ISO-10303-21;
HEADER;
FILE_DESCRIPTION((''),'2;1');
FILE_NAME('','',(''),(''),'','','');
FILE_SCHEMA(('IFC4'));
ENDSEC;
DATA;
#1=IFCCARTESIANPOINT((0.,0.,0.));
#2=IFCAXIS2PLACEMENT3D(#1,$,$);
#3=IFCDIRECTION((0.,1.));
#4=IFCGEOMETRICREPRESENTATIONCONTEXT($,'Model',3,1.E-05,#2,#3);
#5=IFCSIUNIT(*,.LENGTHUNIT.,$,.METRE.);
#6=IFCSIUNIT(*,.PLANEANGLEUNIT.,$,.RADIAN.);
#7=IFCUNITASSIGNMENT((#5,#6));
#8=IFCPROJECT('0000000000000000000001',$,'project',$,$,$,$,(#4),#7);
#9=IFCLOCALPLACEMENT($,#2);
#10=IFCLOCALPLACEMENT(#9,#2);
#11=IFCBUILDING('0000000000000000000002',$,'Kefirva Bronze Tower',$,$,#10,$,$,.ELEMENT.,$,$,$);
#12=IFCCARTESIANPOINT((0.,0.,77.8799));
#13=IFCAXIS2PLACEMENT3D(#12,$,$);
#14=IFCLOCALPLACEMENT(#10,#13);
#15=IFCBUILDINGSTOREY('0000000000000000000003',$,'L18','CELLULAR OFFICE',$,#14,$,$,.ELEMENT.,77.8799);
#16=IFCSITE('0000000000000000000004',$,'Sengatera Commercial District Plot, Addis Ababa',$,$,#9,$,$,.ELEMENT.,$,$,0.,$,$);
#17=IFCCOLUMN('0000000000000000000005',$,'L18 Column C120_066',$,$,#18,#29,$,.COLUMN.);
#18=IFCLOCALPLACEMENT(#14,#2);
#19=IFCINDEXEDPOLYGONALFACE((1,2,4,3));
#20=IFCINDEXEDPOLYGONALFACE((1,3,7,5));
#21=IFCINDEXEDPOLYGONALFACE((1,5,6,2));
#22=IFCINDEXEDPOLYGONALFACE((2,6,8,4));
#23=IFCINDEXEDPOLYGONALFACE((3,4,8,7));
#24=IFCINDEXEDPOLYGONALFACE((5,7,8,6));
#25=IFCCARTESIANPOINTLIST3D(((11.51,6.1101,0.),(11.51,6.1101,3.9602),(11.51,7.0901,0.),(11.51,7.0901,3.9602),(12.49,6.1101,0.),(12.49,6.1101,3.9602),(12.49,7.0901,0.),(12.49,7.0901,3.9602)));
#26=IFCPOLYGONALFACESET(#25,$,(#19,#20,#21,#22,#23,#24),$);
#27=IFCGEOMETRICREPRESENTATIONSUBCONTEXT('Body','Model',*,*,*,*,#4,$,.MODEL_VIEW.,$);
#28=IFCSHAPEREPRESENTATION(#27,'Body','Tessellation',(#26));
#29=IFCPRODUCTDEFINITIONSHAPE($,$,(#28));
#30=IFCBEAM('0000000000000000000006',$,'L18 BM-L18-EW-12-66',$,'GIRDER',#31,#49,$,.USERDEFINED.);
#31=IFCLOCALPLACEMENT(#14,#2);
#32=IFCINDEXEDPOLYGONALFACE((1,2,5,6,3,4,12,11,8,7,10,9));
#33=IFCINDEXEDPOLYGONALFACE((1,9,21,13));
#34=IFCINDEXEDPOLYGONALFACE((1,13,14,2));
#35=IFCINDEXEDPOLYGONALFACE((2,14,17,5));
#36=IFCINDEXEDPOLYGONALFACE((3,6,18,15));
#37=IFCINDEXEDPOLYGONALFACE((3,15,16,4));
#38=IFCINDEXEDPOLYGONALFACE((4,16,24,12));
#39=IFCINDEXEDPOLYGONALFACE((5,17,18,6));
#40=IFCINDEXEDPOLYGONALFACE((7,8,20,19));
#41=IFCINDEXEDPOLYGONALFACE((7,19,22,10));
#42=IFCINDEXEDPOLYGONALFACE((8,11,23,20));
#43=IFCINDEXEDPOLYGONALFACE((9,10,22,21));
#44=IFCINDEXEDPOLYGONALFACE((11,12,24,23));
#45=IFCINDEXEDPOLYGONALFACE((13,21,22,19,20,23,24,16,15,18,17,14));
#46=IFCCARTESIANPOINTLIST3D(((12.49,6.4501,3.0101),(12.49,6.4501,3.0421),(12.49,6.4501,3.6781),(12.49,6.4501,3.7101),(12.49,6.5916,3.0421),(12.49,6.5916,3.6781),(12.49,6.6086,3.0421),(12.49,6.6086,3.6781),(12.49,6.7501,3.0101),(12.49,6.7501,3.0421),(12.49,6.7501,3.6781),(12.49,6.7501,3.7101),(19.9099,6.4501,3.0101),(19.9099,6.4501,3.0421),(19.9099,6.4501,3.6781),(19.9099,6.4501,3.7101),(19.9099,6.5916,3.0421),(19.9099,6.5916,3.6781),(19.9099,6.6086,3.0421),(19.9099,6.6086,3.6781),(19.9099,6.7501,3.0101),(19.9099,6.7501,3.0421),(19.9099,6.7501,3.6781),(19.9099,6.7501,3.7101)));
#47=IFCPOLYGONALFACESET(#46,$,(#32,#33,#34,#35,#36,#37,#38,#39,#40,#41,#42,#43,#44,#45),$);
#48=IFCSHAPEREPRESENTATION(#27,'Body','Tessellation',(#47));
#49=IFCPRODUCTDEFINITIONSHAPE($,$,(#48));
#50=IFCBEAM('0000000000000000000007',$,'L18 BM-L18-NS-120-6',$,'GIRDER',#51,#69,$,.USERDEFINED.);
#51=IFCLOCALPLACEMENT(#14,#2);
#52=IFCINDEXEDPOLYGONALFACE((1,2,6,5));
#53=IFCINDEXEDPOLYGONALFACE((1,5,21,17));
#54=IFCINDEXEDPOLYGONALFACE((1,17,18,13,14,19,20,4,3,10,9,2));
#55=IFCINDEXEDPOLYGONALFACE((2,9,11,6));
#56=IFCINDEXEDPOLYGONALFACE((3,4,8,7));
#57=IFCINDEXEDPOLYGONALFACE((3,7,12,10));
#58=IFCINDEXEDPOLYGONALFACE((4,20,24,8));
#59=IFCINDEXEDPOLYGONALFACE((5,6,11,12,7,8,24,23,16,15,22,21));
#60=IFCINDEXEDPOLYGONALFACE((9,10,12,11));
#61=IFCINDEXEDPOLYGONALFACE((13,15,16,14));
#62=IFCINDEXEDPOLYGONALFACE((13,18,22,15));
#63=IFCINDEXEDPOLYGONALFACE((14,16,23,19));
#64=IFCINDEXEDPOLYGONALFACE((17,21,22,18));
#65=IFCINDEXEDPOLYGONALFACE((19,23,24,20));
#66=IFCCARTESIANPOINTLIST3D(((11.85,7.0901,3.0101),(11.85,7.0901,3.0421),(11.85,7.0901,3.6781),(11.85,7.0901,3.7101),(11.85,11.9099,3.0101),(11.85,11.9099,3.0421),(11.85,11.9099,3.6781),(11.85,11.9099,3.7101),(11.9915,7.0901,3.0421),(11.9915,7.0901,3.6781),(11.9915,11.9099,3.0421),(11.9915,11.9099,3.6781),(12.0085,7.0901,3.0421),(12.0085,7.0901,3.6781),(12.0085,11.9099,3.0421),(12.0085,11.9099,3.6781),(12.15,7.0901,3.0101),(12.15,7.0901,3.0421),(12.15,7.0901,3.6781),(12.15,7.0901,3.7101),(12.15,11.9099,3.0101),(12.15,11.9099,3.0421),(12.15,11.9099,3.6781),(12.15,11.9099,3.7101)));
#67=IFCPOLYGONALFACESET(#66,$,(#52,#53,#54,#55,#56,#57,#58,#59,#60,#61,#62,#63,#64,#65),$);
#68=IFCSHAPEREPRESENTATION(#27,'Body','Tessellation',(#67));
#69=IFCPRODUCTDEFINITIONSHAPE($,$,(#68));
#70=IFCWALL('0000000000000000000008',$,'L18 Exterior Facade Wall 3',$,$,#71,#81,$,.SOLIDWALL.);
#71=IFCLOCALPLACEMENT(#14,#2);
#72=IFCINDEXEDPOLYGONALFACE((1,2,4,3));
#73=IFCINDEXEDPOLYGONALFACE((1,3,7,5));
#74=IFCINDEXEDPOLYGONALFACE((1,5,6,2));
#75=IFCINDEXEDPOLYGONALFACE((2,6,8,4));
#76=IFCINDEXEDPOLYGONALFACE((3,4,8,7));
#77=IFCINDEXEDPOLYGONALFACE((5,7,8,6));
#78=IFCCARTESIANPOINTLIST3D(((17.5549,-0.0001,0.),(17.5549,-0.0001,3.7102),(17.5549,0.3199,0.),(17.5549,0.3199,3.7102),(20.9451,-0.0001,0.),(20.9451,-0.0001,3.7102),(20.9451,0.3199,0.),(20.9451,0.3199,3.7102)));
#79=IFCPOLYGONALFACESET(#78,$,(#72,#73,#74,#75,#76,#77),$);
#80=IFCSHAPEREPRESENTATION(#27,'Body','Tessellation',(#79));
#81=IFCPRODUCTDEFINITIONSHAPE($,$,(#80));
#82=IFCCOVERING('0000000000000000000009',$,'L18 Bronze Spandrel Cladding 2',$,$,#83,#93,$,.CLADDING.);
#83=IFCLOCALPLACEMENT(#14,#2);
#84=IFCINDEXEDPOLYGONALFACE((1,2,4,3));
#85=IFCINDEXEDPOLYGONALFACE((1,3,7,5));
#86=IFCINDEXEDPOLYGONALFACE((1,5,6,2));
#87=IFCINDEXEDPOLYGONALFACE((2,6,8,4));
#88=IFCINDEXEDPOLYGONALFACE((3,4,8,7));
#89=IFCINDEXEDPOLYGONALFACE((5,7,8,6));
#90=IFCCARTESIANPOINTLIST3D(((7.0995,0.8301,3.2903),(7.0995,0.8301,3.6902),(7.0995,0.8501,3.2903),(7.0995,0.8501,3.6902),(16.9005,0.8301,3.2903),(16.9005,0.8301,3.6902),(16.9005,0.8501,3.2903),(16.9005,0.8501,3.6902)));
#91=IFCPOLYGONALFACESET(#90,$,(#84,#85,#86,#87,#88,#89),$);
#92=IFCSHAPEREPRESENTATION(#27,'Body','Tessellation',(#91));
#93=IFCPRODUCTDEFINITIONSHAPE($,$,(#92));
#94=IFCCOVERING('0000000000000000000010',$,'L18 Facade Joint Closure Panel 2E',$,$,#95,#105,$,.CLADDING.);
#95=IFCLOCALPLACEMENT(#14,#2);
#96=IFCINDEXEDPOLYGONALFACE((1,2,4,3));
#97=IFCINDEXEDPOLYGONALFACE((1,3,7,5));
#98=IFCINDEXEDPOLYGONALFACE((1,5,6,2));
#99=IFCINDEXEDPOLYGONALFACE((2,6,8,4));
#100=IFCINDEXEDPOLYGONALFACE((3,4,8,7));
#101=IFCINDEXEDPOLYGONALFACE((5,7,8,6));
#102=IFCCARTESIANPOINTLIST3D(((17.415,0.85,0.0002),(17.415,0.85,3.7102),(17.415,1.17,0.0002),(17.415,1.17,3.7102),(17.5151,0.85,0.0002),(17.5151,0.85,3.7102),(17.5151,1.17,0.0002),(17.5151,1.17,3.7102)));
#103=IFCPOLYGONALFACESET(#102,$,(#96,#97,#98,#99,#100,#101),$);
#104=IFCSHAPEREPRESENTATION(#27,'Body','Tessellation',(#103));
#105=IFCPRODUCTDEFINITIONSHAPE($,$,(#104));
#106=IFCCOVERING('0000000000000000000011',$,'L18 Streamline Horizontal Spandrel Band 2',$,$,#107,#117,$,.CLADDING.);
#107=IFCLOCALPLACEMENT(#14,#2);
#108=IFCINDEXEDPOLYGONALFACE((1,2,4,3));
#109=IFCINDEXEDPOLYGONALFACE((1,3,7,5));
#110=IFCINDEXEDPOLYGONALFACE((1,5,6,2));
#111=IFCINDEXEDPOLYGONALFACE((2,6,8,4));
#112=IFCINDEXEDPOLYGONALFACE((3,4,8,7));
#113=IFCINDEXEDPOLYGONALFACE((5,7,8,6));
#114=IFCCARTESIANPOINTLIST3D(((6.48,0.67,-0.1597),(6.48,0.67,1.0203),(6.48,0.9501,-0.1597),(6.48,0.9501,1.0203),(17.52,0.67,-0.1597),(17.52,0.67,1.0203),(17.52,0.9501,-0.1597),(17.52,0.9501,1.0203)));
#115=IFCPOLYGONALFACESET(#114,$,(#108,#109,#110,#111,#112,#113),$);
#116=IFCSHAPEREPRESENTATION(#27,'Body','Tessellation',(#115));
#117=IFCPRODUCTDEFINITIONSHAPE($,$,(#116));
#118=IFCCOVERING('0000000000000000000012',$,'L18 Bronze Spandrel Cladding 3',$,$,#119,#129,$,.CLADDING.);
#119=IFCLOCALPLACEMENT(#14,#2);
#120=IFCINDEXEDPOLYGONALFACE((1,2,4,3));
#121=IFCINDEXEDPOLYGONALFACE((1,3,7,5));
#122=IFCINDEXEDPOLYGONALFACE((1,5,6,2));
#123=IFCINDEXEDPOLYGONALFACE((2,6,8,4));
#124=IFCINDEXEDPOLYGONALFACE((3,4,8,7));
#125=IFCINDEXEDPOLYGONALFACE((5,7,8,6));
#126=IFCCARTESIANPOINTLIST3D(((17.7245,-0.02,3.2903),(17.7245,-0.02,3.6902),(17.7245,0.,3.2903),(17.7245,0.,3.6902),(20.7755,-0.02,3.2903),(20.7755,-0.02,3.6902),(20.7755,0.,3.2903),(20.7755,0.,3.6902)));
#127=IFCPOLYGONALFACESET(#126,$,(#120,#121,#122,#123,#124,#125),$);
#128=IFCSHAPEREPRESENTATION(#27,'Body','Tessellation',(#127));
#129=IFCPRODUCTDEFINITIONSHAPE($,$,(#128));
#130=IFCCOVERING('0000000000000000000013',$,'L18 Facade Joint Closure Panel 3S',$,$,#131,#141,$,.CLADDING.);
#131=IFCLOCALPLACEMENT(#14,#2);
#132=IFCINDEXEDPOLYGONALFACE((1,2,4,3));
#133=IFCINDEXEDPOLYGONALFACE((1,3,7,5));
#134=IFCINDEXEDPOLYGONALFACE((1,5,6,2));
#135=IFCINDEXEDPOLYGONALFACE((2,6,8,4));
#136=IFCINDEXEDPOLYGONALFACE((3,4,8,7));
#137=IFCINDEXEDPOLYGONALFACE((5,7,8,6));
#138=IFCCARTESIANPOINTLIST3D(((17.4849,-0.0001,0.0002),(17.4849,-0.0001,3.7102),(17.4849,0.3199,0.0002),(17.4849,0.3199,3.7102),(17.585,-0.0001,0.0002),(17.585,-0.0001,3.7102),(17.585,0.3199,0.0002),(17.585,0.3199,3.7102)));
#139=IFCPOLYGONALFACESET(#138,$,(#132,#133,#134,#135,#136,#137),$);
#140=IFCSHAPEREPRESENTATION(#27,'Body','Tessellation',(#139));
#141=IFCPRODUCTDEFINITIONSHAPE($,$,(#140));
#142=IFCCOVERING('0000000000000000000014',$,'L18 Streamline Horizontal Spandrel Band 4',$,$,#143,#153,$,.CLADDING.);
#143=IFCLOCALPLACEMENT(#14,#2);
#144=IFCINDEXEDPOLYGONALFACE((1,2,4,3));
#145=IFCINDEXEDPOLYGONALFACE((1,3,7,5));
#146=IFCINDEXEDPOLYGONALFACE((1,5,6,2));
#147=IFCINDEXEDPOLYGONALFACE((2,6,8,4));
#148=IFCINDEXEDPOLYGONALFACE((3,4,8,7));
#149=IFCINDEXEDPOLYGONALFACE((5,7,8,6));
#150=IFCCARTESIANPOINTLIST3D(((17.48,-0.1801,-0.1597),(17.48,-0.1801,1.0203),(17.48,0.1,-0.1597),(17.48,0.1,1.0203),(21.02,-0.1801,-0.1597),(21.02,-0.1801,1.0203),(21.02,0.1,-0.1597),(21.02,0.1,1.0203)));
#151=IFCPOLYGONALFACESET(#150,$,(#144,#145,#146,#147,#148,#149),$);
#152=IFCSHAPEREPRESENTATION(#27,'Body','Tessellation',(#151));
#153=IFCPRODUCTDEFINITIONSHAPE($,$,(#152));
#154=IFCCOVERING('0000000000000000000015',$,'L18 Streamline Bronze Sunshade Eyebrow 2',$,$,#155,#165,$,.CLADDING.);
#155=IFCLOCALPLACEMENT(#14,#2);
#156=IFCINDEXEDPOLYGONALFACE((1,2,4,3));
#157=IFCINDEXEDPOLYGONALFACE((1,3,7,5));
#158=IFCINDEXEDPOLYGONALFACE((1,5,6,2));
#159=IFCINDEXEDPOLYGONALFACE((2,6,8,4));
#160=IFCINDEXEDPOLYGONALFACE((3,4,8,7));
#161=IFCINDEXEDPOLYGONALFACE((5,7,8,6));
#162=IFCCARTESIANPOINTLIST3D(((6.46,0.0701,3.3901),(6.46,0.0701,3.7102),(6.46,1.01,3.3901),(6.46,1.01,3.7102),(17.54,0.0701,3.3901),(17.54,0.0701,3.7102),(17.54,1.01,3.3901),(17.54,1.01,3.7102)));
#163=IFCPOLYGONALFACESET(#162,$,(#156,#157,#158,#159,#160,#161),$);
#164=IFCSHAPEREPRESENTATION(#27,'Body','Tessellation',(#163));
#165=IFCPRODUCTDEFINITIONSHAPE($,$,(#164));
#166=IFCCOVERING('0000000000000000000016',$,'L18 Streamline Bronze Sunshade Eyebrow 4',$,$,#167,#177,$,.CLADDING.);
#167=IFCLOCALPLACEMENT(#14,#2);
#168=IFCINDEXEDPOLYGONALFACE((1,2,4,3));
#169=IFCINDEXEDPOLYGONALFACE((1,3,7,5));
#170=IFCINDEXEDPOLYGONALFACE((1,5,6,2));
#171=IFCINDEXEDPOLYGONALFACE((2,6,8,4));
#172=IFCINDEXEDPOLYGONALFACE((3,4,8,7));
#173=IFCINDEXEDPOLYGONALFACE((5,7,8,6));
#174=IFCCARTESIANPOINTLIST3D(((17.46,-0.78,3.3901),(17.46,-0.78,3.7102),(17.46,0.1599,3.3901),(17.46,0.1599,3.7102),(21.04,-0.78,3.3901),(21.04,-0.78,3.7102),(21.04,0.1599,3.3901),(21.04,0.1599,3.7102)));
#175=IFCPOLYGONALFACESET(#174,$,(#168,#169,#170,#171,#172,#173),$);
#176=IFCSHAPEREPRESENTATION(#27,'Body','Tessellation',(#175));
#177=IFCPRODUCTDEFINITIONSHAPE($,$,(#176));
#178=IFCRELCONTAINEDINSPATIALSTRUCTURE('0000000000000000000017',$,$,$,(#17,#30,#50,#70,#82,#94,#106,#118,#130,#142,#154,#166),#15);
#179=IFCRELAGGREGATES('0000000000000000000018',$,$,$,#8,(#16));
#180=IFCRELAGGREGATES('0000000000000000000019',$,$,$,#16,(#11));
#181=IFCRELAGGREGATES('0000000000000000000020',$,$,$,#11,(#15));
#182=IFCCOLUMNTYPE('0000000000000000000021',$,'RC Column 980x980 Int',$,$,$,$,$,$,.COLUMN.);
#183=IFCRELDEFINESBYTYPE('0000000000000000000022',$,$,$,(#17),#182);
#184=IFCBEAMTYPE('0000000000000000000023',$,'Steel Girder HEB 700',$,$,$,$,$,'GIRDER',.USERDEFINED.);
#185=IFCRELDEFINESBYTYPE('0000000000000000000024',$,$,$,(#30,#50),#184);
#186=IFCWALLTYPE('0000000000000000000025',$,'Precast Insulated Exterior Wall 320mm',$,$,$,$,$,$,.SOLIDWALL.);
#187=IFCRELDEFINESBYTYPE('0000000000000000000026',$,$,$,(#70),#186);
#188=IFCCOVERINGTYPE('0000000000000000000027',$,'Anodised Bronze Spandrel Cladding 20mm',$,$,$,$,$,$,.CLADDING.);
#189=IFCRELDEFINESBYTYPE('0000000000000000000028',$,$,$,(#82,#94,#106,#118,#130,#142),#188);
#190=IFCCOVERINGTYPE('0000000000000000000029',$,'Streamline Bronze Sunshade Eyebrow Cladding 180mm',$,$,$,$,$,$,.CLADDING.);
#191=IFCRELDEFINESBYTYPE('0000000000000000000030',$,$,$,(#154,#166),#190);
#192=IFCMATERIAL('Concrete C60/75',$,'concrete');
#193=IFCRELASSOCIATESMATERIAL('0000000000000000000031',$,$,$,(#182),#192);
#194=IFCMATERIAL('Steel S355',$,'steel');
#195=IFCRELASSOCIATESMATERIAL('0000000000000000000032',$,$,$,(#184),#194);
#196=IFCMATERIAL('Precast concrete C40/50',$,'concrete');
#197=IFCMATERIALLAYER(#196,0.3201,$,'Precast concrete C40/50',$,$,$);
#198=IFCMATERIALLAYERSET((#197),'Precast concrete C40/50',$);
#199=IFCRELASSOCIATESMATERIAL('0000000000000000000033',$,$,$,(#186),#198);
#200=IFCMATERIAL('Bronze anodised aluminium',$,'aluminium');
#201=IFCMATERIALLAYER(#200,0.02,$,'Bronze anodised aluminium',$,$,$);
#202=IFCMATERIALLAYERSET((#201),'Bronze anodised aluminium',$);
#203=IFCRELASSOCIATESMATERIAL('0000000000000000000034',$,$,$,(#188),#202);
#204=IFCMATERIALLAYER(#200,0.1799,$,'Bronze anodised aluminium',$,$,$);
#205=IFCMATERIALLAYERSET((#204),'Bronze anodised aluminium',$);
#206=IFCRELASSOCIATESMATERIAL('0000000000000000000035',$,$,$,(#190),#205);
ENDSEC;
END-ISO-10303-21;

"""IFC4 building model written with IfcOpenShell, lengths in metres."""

from ifc_helpers import new_model, si_unit, direction, frame, frame_2d, origin, origin_2d, place, context, subcontext, project, spatial, rectangle, i_section, extrude, material, layer, layer_set, material_profile, profile_set, type_object, element, save


model = new_model("IFC4")

# Units and contexts
model_context = context("Model", 3, precision=1e-05, world=origin(), true_north=direction((0.0, 1.0)))
body_context = subcontext(model_context, "Body", "Model", "MODEL_VIEW")
ifc_project = project(units=[si_unit("LENGTHUNIT", "METRE"), si_unit("PLANEANGLEUNIT", "RADIAN")], contexts=[model_context])

# Site, building, storey
site_placement = place(None, origin())
site = spatial("IfcSite", under=ifc_project, at=site_placement, Name="Sengatera Commercial District Plot, Addis Ababa", CompositionType="ELEMENT", RefElevation=0.0)
building_placement = place(site_placement, origin())
building = spatial("IfcBuilding", under=site, at=building_placement, Name="Kefirva Bronze Tower", CompositionType="ELEMENT")
storey_placement = place(building_placement, frame((0.0, 0.0, 77.8799)))
storey = spatial("IfcBuildingStorey", under=building, at=storey_placement, Name="L18", Description="CELLULAR OFFICE", CompositionType="ELEMENT", Elevation=77.8799)

# Column
ifc_material_1 = material(Name="Concrete C60/75", Category="concrete")
ifc_material_profile_1 = material_profile(ifc_material_1, rectangle(XDim=0.98, YDim=0.98, at=origin_2d()), Name="RC 980x980")
ifc_profile_set_1 = profile_set([ifc_material_profile_1], Name="Concrete C60/75")
column_type = type_object("IfcColumnType", Name="RC Column 980x980 Int", PredefinedType="COLUMN", material=ifc_profile_set_1)
column_placement = place(storey_placement, frame((12.0, 6.6001, 0.0), z_axis=(0.0, 0.0, 1.0), x_axis=(1.0, 0.0, 0.0)))
element("IfcColumn", 1, at=column_placement, inside=storey, type_object=column_type, Name="L18 Column C120_066", PredefinedType="COLUMN", context=body_context, shape_type="SweptSolid", body=[
    extrude(rectangle(XDim=0.98, YDim=0.98, at=origin_2d()), origin(), (0.0, 0.0, 1.0), 3.9602),
])

# Beams
ifc_material_2 = material(Name="Steel S355", Category="steel")
ifc_material_profile_2 = material_profile(ifc_material_2, i_section(OverallWidth=0.3, OverallDepth=0.7, WebThickness=0.0171, FlangeThickness=0.032, at=origin_2d()), Name="HEB 700")
ifc_profile_set_2 = profile_set([ifc_material_profile_2], Name="Steel S355")
beam_type = type_object("IfcBeamType", Name="Steel Girder HEB 700", ElementType="GIRDER", PredefinedType="USERDEFINED", material=ifc_profile_set_2)
beam_1_placement = place(storey_placement, frame((12.49, 6.6001, 3.3601), z_axis=(1.0, 0.0, 0.0), x_axis=(0.0, 1.0, 0.0)))
element("IfcBeam", 2, at=beam_1_placement, inside=storey, type_object=beam_type, Name="L18 BM-L18-EW-12-66", ObjectType="GIRDER", PredefinedType="USERDEFINED", context=body_context, shape_type="SweptSolid", body=[
    extrude(i_section(OverallWidth=0.3, OverallDepth=0.7, WebThickness=0.0171, FlangeThickness=0.032, at=origin_2d()), origin(), (0.0, 0.0, 1.0), 7.4199),
])
beam_2_placement = place(storey_placement, frame((12.0, 7.0901, 3.3601), z_axis=(0.0, 1.0, 0.0), x_axis=(-1.0, 0.0, 0.0)))
element("IfcBeam", 3, at=beam_2_placement, inside=storey, type_object=beam_type, Name="L18 BM-L18-NS-120-6", ObjectType="GIRDER", PredefinedType="USERDEFINED", context=body_context, shape_type="SweptSolid", body=[
    extrude(i_section(OverallWidth=0.3, OverallDepth=0.7, WebThickness=0.0171, FlangeThickness=0.032, at=origin_2d()), origin(), (0.0, 0.0, 1.0), 4.8198),
])

# Wall
ifc_material_3 = material(Name="Precast concrete C40/50", Category="concrete")
ifc_layer_1 = layer(ifc_material_3, 0.3201, Name="Precast concrete C40/50")
ifc_layer_set_1 = layer_set([ifc_layer_1], Name="Precast concrete C40/50")
wall_type = type_object("IfcWallType", Name="Precast Insulated Exterior Wall 320mm", PredefinedType="SOLIDWALL", material=ifc_layer_set_1)
wall_placement = place(storey_placement, frame((17.5549, 0.1599, 0.0), z_axis=(0.0, 0.0, 1.0), x_axis=(1.0, 0.0, 0.0)))
element("IfcWall", 4, at=wall_placement, inside=storey, type_object=wall_type, Name="L18 Exterior Facade Wall 3", PredefinedType="SOLIDWALL", context=body_context, shape_type="SweptSolid", body=[
    extrude(rectangle(XDim=3.3901, YDim=0.3201, at=frame_2d((1.6951, 0.0))), origin(), (0.0, 0.0, 1.0), 3.7102),
])

# Coverings
ifc_material_4 = material(Name="Bronze anodised aluminium", Category="aluminium")
ifc_layer_2 = layer(ifc_material_4, 0.02, Name="Bronze anodised aluminium")
ifc_layer_set_2 = layer_set([ifc_layer_2], Name="Bronze anodised aluminium")
covering_type_1 = type_object("IfcCoveringType", Name="Anodised Bronze Spandrel Cladding 20mm", PredefinedType="CLADDING", material=ifc_layer_set_2)
covering_1_placement = place(storey_placement, frame((12.0, 0.8401, 3.2903), z_axis=(0.0, 0.0, 1.0), x_axis=(1.0, 0.0, 0.0)))
element("IfcCovering", 5, at=covering_1_placement, inside=storey, type_object=covering_type_1, Name="L18 Bronze Spandrel Cladding 2", PredefinedType="CLADDING", context=body_context, shape_type="SweptSolid", body=[
    extrude(rectangle(XDim=9.801, YDim=0.02, at=origin_2d()), origin(), (0.0, 0.0, 1.0), 0.3999),
])
covering_2_placement = place(storey_placement, frame((17.4651, 1.01, 0.0002), z_axis=(0.0, 0.0, 1.0), x_axis=(1.0, 0.0, 0.0)))
element("IfcCovering", 6, at=covering_2_placement, inside=storey, type_object=covering_type_1, Name="L18 Facade Joint Closure Panel 2E", PredefinedType="CLADDING", context=body_context, shape_type="SweptSolid", body=[
    extrude(rectangle(XDim=0.1001, YDim=0.3201, at=origin_2d()), origin(), (0.0, 0.0, 1.0), 3.71),
])
covering_3_placement = place(storey_placement, frame((12.0, 0.8101, -0.1597), z_axis=(0.0, 0.0, 1.0), x_axis=(1.0, 0.0, 0.0)))
element("IfcCovering", 7, at=covering_3_placement, inside=storey, type_object=covering_type_1, Name="L18 Streamline Horizontal Spandrel Band 2", PredefinedType="CLADDING", context=body_context, shape_type="SweptSolid", body=[
    extrude(rectangle(XDim=11.04, YDim=0.28, at=origin_2d()), origin(), (0.0, 0.0, 1.0), 1.1799),
])
covering_4_placement = place(storey_placement, frame((19.25, -0.01, 3.2903), z_axis=(0.0, 0.0, 1.0), x_axis=(1.0, 0.0, 0.0)))
element("IfcCovering", 8, at=covering_4_placement, inside=storey, type_object=covering_type_1, Name="L18 Bronze Spandrel Cladding 3", PredefinedType="CLADDING", context=body_context, shape_type="SweptSolid", body=[
    extrude(rectangle(XDim=3.051, YDim=0.02, at=origin_2d()), origin(), (0.0, 0.0, 1.0), 0.3999),
])
covering_5_placement = place(storey_placement, frame((17.5349, 0.1599, 0.0002), z_axis=(0.0, 0.0, 1.0), x_axis=(1.0, 0.0, 0.0)))
element("IfcCovering", 9, at=covering_5_placement, inside=storey, type_object=covering_type_1, Name="L18 Facade Joint Closure Panel 3S", PredefinedType="CLADDING", context=body_context, shape_type="SweptSolid", body=[
    extrude(rectangle(XDim=0.1001, YDim=0.3201, at=origin_2d()), origin(), (0.0, 0.0, 1.0), 3.71),
])
covering_6_placement = place(storey_placement, frame((19.25, -0.04, -0.1597), z_axis=(0.0, 0.0, 1.0), x_axis=(1.0, 0.0, 0.0)))
element("IfcCovering", 10, at=covering_6_placement, inside=storey, type_object=covering_type_1, Name="L18 Streamline Horizontal Spandrel Band 4", PredefinedType="CLADDING", context=body_context, shape_type="SweptSolid", body=[
    extrude(rectangle(XDim=3.54, YDim=0.28, at=origin_2d()), origin(), (0.0, 0.0, 1.0), 1.1799),
])
ifc_layer_3 = layer(ifc_material_4, 0.1799, Name="Bronze anodised aluminium")
ifc_layer_set_3 = layer_set([ifc_layer_3], Name="Bronze anodised aluminium")
covering_type_2 = type_object("IfcCoveringType", Name="Streamline Bronze Sunshade Eyebrow Cladding 180mm", PredefinedType="CLADDING", material=ifc_layer_set_3)
covering_7_placement = place(storey_placement, frame((12.0, 0.54, 3.3901), z_axis=(0.0, 0.0, 1.0), x_axis=(1.0, 0.0, 0.0)))
element("IfcCovering", 11, at=covering_7_placement, inside=storey, type_object=covering_type_2, Name="L18 Streamline Bronze Sunshade Eyebrow 2", PredefinedType="CLADDING", context=body_context, shape_type="SweptSolid", body=[
    extrude(rectangle(XDim=11.0801, YDim=0.9399, at=origin_2d()), origin(), (0.0, 0.0, 1.0), 0.3201),
])
covering_8_placement = place(storey_placement, frame((19.25, -0.3101, 3.3901), z_axis=(0.0, 0.0, 1.0), x_axis=(1.0, 0.0, 0.0)))
element("IfcCovering", 12, at=covering_8_placement, inside=storey, type_object=covering_type_2, Name="L18 Streamline Bronze Sunshade Eyebrow 4", PredefinedType="CLADDING", context=body_context, shape_type="SweptSolid", body=[
    extrude(rectangle(XDim=3.5801, YDim=0.9399, at=origin_2d()), origin(), (0.0, 0.0, 1.0), 0.3201),
])

save(model, "model.ifc")
